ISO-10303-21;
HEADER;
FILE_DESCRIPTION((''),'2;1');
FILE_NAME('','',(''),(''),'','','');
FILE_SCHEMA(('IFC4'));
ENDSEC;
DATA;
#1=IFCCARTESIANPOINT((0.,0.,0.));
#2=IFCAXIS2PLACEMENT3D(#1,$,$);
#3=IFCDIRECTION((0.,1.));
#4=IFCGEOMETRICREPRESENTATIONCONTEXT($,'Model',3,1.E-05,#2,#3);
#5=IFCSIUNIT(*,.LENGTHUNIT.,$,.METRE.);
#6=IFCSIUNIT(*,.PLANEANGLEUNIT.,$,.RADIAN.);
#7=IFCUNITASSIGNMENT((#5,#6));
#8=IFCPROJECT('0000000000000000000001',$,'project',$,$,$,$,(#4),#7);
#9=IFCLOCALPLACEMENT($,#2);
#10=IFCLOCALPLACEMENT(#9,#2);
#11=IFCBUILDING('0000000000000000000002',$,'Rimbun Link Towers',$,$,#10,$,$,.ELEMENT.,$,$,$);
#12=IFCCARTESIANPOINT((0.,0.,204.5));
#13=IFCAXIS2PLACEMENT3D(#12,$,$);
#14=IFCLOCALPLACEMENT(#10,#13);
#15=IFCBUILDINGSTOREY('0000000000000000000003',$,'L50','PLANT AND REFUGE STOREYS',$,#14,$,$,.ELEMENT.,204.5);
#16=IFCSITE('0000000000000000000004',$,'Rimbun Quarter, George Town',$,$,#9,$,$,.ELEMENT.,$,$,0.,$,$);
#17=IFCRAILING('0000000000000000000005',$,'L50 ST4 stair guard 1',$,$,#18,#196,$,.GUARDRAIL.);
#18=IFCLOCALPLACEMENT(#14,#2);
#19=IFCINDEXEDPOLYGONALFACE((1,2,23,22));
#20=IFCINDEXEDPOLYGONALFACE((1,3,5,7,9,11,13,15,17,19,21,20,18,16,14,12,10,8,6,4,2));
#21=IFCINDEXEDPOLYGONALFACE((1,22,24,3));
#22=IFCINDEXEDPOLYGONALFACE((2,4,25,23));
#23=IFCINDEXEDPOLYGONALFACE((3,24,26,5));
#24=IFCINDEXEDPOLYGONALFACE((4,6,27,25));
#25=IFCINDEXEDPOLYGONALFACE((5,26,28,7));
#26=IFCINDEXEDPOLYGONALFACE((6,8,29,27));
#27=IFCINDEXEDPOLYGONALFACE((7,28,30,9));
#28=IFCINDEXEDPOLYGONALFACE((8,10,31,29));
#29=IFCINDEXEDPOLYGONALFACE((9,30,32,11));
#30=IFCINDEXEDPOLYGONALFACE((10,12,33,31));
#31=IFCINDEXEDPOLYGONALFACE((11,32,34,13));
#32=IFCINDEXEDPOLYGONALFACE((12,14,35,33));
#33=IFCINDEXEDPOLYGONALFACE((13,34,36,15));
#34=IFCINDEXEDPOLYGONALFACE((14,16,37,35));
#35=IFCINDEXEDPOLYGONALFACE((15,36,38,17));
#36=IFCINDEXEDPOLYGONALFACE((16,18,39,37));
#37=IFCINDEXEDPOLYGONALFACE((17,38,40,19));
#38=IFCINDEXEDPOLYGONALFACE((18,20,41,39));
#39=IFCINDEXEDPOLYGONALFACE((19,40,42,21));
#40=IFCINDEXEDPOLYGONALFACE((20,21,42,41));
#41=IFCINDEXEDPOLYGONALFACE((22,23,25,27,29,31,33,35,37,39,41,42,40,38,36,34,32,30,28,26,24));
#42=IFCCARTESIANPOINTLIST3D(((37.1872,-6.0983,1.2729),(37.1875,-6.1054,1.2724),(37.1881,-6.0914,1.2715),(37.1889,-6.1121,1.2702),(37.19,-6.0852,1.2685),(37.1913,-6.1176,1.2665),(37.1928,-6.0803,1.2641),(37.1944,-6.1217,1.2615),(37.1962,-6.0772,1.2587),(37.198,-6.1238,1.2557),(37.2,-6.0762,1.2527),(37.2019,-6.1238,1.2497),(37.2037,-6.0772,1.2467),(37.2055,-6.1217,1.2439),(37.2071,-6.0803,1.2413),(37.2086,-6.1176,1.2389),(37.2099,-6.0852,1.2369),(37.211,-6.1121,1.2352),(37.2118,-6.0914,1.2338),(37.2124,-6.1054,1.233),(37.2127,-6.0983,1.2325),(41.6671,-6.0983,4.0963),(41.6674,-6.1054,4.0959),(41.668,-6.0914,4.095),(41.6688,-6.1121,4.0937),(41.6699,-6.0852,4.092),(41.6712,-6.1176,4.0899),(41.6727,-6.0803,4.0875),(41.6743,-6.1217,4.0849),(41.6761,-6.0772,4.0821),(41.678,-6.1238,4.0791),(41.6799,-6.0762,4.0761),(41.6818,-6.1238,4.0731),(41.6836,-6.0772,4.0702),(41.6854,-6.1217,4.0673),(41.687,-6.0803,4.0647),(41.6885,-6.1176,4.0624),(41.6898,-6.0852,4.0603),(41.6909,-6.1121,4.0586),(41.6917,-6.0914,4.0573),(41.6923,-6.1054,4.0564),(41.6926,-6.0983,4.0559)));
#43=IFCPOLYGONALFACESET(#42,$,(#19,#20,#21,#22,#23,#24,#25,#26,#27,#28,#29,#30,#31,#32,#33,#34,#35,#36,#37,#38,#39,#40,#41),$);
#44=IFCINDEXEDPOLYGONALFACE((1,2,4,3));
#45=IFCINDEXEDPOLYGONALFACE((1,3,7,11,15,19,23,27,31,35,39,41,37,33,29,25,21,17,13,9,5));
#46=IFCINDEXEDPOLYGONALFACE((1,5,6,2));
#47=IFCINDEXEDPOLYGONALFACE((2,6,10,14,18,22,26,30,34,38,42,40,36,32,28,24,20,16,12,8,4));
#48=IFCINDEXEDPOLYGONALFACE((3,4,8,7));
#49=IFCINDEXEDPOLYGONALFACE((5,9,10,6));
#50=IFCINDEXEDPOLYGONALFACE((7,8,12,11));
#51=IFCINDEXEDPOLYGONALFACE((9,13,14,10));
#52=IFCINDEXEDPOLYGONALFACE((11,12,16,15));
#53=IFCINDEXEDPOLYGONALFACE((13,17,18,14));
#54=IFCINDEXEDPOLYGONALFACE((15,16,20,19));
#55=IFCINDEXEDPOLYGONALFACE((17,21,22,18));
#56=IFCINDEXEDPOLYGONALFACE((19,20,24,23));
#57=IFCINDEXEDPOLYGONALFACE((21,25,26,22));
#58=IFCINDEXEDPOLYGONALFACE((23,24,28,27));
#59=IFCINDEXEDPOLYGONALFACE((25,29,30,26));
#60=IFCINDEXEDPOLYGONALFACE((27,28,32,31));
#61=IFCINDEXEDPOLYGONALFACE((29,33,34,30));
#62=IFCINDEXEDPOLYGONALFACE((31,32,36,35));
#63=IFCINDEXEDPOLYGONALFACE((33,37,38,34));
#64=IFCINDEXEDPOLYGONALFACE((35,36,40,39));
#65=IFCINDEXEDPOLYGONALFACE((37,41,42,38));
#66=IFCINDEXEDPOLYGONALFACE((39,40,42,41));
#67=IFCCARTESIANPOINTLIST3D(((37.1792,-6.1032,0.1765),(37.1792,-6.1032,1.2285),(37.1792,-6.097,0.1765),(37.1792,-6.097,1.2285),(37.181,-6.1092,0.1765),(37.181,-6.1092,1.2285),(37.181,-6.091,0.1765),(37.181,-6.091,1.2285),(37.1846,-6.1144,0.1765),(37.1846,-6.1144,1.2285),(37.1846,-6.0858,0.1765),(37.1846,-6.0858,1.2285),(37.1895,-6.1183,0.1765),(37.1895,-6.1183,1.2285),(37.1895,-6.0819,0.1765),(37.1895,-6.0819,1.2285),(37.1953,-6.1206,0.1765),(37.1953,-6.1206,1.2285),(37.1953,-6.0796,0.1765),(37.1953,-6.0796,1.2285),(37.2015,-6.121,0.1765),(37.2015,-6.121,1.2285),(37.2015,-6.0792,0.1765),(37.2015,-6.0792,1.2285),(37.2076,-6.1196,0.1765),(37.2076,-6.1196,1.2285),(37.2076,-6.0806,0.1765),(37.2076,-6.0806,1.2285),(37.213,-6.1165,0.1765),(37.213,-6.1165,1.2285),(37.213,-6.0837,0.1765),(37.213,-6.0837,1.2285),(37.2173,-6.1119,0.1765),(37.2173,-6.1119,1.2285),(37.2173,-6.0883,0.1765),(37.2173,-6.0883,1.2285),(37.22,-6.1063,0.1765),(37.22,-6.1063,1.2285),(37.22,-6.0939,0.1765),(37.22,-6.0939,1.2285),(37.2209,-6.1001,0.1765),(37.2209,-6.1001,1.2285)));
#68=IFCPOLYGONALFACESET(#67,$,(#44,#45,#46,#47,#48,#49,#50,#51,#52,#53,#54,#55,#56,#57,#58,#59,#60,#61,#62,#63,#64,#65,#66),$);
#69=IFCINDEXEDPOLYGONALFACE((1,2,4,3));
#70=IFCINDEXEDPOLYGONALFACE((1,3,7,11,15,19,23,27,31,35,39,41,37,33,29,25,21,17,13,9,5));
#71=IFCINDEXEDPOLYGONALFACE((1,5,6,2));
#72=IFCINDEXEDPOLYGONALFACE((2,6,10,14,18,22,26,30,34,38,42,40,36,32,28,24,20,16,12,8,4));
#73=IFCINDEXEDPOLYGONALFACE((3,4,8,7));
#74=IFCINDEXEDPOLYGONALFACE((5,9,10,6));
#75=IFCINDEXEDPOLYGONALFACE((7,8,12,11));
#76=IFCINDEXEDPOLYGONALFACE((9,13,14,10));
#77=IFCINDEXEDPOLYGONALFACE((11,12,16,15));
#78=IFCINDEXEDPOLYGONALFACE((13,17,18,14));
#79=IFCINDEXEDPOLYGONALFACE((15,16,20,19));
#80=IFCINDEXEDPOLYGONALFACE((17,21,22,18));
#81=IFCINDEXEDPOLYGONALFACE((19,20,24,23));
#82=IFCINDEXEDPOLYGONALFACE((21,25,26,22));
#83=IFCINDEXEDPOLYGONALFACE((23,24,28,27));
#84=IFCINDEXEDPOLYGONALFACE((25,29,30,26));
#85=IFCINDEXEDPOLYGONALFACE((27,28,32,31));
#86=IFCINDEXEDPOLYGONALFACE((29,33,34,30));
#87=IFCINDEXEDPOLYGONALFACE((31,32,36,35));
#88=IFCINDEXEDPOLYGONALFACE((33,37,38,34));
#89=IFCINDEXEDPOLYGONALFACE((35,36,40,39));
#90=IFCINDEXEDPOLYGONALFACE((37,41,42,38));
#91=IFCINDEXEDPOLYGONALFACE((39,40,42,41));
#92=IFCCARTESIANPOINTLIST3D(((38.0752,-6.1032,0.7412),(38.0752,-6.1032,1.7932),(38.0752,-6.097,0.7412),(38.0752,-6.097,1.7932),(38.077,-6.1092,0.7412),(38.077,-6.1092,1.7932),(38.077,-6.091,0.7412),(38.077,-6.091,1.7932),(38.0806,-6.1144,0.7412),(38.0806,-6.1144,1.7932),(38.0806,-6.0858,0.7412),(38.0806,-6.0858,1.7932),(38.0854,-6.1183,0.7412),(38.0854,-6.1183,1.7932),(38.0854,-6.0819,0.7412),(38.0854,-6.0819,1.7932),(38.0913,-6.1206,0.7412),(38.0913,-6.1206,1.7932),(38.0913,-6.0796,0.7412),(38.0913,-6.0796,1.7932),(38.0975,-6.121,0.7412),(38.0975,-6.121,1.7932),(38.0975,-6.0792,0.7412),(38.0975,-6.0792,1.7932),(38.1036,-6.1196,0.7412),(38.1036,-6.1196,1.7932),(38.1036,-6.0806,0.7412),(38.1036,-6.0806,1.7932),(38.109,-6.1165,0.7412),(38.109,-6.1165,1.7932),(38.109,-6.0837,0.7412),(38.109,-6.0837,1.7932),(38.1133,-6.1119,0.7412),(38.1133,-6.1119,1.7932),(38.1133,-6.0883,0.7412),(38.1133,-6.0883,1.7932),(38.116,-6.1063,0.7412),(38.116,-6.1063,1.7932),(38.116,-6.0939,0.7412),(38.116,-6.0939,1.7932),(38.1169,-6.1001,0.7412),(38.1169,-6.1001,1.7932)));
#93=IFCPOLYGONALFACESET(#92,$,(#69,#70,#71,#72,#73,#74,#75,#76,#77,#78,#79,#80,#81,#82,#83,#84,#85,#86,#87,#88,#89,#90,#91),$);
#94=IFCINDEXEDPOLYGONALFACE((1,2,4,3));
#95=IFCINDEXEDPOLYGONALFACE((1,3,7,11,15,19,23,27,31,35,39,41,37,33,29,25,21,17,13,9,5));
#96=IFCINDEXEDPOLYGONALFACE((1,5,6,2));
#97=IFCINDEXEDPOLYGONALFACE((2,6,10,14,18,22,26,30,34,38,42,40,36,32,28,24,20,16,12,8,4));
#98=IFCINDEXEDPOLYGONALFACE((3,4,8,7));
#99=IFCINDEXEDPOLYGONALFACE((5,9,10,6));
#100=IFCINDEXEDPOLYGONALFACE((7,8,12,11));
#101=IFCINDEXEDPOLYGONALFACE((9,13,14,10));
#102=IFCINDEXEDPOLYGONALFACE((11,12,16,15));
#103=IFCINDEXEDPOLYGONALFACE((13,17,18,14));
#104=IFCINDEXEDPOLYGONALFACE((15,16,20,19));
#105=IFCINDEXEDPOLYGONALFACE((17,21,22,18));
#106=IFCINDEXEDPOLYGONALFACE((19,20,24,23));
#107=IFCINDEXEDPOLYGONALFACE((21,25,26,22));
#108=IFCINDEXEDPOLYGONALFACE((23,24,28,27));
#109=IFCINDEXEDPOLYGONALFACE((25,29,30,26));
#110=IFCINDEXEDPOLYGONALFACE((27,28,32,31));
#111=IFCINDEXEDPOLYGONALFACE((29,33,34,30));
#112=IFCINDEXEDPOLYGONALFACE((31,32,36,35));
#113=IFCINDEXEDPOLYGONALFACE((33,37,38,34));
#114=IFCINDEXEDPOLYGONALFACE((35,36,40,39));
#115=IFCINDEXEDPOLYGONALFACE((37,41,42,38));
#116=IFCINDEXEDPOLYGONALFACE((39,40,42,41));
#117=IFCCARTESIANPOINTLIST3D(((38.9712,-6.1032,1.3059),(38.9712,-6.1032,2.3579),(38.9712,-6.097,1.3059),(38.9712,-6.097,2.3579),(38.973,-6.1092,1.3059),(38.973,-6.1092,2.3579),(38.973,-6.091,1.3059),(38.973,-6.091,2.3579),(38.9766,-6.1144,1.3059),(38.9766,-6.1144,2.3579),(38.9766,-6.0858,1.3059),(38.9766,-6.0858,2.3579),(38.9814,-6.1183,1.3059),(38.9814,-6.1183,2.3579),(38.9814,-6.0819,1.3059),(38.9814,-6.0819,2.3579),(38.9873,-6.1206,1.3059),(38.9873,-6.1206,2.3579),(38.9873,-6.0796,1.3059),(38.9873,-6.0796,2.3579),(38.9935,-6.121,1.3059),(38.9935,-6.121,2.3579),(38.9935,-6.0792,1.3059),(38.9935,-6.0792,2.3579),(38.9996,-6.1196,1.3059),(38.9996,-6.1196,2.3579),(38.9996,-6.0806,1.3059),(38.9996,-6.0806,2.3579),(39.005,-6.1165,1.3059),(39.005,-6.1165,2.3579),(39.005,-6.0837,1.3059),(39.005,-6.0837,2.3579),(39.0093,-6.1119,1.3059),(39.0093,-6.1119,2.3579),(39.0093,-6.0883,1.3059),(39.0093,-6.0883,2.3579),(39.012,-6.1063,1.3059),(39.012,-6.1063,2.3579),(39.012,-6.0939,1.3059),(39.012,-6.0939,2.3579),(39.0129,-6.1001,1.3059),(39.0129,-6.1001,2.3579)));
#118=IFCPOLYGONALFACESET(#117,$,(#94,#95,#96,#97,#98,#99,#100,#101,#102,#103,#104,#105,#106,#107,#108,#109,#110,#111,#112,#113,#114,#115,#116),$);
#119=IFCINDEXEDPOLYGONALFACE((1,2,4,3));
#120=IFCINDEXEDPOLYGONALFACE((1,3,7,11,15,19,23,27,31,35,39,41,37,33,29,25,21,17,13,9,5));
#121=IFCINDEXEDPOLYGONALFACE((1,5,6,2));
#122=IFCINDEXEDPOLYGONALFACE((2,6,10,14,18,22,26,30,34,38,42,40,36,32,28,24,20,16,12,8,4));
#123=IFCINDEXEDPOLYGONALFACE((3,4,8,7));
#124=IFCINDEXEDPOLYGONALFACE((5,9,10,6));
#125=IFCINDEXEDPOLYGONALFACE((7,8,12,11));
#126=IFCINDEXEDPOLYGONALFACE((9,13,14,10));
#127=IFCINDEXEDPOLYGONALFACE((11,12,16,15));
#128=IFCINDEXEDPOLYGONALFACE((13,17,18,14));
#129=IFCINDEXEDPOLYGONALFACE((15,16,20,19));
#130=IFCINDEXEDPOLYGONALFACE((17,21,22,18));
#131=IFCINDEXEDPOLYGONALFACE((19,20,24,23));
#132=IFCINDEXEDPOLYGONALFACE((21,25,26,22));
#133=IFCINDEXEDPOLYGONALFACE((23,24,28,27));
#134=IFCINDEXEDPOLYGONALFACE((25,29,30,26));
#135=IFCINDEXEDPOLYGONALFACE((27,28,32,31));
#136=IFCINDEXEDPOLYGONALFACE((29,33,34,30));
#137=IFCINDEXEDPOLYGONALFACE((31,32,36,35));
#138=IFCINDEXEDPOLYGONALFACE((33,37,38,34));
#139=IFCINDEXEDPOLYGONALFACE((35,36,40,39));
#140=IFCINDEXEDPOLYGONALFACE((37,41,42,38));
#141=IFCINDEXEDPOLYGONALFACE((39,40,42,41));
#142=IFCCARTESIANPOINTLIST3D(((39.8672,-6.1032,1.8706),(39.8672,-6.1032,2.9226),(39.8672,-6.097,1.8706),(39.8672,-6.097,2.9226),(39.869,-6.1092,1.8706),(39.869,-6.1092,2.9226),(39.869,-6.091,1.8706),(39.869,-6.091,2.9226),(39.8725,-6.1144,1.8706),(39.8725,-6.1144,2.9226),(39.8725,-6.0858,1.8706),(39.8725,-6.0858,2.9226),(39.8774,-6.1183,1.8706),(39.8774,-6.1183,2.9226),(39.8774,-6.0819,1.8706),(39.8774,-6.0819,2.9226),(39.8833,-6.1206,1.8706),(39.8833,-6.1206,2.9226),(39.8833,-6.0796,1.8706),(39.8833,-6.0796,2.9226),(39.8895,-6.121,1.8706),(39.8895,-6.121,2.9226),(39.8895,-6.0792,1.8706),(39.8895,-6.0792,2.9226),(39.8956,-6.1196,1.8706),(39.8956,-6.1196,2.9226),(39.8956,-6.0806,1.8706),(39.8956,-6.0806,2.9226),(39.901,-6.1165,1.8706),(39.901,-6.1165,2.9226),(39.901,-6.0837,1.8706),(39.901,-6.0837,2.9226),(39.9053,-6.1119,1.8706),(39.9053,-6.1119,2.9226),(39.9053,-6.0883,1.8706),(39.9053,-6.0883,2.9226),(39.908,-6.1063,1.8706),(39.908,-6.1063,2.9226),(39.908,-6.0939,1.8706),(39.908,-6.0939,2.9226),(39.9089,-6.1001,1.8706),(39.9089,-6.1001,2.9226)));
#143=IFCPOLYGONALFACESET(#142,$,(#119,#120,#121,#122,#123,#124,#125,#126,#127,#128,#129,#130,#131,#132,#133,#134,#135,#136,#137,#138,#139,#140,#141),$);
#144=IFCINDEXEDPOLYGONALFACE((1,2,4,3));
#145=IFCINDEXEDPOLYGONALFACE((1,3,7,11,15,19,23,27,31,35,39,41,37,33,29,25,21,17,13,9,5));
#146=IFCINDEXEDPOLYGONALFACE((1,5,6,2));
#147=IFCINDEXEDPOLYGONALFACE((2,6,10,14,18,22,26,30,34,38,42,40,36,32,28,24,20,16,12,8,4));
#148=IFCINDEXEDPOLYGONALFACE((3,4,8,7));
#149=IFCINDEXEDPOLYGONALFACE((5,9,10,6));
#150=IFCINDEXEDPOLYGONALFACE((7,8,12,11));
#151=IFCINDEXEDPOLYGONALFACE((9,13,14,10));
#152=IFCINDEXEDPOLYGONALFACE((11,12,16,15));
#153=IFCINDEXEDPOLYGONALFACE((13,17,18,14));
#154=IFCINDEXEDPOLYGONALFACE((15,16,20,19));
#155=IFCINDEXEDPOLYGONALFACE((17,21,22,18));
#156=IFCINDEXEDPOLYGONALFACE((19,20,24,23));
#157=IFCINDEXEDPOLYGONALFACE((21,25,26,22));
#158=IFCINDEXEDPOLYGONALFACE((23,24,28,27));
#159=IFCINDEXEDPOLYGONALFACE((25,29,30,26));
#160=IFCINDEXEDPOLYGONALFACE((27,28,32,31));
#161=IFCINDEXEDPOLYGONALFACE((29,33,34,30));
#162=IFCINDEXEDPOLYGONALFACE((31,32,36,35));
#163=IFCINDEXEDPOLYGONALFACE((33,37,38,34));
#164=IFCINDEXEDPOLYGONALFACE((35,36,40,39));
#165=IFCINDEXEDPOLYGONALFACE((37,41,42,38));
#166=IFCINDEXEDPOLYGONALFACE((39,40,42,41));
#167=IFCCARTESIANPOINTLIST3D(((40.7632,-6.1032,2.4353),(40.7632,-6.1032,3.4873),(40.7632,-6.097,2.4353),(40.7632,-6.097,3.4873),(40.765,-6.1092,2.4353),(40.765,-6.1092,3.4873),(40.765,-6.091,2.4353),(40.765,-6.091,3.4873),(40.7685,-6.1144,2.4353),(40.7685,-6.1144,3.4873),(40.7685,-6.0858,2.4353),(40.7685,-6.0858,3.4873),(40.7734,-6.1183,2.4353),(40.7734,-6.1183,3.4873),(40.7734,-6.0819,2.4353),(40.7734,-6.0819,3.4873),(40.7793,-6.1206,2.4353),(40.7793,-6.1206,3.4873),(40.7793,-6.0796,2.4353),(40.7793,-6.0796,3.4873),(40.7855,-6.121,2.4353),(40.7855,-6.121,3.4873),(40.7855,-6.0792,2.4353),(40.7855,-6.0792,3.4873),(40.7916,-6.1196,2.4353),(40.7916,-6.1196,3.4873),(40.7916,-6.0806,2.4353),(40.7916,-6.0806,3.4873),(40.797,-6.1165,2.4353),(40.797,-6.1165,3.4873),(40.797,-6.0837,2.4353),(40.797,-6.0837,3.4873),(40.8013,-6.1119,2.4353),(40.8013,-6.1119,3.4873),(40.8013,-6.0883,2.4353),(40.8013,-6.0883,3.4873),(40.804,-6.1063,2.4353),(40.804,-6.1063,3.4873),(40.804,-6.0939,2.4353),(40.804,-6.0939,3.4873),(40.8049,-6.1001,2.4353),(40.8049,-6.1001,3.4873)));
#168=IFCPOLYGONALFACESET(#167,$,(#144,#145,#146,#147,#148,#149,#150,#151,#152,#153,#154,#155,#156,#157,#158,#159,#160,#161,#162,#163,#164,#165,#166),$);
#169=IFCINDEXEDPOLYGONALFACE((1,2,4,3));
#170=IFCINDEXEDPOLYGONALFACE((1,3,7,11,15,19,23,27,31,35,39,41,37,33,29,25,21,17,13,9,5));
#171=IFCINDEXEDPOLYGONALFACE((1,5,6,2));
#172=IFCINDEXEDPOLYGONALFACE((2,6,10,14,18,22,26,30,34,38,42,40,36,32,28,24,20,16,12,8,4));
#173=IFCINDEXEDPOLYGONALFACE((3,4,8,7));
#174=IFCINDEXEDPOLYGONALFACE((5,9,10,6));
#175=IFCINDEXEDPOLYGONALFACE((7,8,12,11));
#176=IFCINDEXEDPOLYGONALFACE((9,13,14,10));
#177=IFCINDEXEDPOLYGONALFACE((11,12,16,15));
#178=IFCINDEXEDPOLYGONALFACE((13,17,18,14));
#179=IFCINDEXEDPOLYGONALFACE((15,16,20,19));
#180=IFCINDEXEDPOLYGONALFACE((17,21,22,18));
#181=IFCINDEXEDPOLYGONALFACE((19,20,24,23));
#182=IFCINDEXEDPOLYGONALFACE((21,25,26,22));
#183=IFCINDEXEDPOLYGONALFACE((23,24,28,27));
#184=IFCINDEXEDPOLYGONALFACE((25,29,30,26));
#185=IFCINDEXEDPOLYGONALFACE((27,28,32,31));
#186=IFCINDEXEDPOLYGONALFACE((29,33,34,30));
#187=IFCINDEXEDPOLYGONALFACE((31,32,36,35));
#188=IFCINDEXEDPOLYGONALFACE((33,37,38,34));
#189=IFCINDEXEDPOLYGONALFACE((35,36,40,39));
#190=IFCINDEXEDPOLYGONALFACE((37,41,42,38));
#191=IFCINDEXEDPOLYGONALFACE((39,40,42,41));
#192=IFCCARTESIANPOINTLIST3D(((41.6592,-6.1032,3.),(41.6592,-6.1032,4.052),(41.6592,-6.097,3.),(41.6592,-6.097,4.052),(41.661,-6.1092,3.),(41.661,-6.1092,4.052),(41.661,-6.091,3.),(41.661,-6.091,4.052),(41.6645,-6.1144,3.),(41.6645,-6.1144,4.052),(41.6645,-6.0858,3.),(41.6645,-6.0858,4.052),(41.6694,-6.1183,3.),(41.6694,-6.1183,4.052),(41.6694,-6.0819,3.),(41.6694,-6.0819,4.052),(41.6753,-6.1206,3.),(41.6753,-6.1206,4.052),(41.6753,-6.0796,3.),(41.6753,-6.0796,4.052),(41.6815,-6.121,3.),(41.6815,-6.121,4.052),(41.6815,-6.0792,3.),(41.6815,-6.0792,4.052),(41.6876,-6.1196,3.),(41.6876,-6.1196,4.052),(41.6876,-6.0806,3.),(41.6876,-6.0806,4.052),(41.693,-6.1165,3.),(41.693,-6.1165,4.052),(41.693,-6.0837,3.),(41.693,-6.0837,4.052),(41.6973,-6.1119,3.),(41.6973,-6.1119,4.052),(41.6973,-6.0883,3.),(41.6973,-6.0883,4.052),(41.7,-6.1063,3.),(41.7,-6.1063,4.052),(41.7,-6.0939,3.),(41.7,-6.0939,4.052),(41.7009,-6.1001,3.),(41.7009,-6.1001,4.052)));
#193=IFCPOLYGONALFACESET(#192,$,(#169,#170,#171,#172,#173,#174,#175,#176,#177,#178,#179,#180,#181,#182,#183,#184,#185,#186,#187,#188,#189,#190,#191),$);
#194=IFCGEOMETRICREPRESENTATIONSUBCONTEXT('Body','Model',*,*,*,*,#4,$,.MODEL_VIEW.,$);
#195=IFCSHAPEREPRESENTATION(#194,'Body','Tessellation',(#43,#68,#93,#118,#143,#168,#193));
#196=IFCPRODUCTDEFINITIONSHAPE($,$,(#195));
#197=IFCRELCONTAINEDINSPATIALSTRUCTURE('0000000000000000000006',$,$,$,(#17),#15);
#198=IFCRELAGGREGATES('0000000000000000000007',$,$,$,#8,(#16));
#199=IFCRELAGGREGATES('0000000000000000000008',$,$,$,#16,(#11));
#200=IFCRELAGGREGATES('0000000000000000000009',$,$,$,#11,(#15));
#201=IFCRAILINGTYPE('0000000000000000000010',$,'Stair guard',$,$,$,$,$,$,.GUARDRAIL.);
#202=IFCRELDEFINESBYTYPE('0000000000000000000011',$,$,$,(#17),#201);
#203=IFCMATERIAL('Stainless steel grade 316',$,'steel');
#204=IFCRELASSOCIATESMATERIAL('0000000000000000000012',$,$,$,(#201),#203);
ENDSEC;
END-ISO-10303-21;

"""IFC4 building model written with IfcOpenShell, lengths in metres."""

from ifc_helpers import new_model, si_unit, direction, frame, origin, origin_2d, place, context, subcontext, project, spatial, circle, extrude, material, type_object, element, save


model = new_model("IFC4")

# Units and contexts
model_context = context("Model", 3, precision=1e-05, world=origin(), true_north=direction((0.0, 1.0)))
body_context = subcontext(model_context, "Body", "Model", "MODEL_VIEW")
ifc_project = project(units=[si_unit("LENGTHUNIT", "METRE"), si_unit("PLANEANGLEUNIT", "RADIAN")], contexts=[model_context])

# Site, building, storey
site_placement = place(None, origin())
site = spatial("IfcSite", under=ifc_project, at=site_placement, Name="Rimbun Quarter, George Town", CompositionType="ELEMENT", RefElevation=0.0)
building_placement = place(site_placement, origin())
building = spatial("IfcBuilding", under=site, at=building_placement, Name="Rimbun Link Towers", CompositionType="ELEMENT")
storey_placement = place(building_placement, frame((0.0, 0.0, 204.5)))
storey = spatial("IfcBuildingStorey", under=building, at=storey_placement, Name="L50", Description="PLANT AND REFUGE STOREYS", CompositionType="ELEMENT", Elevation=204.5)

# Railing
ifc_material_1 = material(Name="Stainless steel grade 316", Category="steel")
railing_type_1 = type_object("IfcRailingType", Name="Stair guard", PredefinedType="GUARDRAIL", material=ifc_material_1)
railing_1_placement = place(storey_placement, frame((37.2, -6.1001, 0.1765)))
element("IfcRailing", 1, at=railing_1_placement, inside=storey, type_object=railing_type_1, Name="L50 ST4 stair guard 1", PredefinedType="GUARDRAIL", context=body_context, shape_type="SweptSolid", body=[
    extrude(circle(Radius=0.0239, at=origin_2d()), frame((0.0, 0.0, 1.0762), z_axis=(0.845998, 0.0, 0.533186), x_axis=(0.0, 1.0, 0.0)), (0.0, 0.0, 1.0), 5.2954),
    extrude(circle(Radius=0.021, at=origin_2d()), origin(), (0.0, 0.0, 1.0), 1.052),
    extrude(circle(Radius=0.021, at=origin_2d()), frame((0.896, 0.0, 0.5647)), (0.0, 0.0, 1.0), 1.052),
    extrude(circle(Radius=0.021, at=origin_2d()), frame((1.792, 0.0, 1.1294)), (0.0, 0.0, 1.0), 1.052),
    extrude(circle(Radius=0.021, at=origin_2d()), frame((2.688, 0.0, 1.6941)), (0.0, 0.0, 1.0), 1.052),
    extrude(circle(Radius=0.021, at=origin_2d()), frame((3.584, 0.0, 2.2588)), (0.0, 0.0, 1.0), 1.052),
    extrude(circle(Radius=0.021, at=origin_2d()), frame((4.48, 0.0, 2.8235)), (0.0, 0.0, 1.0), 1.052),
])

save(model, "model.ifc")
